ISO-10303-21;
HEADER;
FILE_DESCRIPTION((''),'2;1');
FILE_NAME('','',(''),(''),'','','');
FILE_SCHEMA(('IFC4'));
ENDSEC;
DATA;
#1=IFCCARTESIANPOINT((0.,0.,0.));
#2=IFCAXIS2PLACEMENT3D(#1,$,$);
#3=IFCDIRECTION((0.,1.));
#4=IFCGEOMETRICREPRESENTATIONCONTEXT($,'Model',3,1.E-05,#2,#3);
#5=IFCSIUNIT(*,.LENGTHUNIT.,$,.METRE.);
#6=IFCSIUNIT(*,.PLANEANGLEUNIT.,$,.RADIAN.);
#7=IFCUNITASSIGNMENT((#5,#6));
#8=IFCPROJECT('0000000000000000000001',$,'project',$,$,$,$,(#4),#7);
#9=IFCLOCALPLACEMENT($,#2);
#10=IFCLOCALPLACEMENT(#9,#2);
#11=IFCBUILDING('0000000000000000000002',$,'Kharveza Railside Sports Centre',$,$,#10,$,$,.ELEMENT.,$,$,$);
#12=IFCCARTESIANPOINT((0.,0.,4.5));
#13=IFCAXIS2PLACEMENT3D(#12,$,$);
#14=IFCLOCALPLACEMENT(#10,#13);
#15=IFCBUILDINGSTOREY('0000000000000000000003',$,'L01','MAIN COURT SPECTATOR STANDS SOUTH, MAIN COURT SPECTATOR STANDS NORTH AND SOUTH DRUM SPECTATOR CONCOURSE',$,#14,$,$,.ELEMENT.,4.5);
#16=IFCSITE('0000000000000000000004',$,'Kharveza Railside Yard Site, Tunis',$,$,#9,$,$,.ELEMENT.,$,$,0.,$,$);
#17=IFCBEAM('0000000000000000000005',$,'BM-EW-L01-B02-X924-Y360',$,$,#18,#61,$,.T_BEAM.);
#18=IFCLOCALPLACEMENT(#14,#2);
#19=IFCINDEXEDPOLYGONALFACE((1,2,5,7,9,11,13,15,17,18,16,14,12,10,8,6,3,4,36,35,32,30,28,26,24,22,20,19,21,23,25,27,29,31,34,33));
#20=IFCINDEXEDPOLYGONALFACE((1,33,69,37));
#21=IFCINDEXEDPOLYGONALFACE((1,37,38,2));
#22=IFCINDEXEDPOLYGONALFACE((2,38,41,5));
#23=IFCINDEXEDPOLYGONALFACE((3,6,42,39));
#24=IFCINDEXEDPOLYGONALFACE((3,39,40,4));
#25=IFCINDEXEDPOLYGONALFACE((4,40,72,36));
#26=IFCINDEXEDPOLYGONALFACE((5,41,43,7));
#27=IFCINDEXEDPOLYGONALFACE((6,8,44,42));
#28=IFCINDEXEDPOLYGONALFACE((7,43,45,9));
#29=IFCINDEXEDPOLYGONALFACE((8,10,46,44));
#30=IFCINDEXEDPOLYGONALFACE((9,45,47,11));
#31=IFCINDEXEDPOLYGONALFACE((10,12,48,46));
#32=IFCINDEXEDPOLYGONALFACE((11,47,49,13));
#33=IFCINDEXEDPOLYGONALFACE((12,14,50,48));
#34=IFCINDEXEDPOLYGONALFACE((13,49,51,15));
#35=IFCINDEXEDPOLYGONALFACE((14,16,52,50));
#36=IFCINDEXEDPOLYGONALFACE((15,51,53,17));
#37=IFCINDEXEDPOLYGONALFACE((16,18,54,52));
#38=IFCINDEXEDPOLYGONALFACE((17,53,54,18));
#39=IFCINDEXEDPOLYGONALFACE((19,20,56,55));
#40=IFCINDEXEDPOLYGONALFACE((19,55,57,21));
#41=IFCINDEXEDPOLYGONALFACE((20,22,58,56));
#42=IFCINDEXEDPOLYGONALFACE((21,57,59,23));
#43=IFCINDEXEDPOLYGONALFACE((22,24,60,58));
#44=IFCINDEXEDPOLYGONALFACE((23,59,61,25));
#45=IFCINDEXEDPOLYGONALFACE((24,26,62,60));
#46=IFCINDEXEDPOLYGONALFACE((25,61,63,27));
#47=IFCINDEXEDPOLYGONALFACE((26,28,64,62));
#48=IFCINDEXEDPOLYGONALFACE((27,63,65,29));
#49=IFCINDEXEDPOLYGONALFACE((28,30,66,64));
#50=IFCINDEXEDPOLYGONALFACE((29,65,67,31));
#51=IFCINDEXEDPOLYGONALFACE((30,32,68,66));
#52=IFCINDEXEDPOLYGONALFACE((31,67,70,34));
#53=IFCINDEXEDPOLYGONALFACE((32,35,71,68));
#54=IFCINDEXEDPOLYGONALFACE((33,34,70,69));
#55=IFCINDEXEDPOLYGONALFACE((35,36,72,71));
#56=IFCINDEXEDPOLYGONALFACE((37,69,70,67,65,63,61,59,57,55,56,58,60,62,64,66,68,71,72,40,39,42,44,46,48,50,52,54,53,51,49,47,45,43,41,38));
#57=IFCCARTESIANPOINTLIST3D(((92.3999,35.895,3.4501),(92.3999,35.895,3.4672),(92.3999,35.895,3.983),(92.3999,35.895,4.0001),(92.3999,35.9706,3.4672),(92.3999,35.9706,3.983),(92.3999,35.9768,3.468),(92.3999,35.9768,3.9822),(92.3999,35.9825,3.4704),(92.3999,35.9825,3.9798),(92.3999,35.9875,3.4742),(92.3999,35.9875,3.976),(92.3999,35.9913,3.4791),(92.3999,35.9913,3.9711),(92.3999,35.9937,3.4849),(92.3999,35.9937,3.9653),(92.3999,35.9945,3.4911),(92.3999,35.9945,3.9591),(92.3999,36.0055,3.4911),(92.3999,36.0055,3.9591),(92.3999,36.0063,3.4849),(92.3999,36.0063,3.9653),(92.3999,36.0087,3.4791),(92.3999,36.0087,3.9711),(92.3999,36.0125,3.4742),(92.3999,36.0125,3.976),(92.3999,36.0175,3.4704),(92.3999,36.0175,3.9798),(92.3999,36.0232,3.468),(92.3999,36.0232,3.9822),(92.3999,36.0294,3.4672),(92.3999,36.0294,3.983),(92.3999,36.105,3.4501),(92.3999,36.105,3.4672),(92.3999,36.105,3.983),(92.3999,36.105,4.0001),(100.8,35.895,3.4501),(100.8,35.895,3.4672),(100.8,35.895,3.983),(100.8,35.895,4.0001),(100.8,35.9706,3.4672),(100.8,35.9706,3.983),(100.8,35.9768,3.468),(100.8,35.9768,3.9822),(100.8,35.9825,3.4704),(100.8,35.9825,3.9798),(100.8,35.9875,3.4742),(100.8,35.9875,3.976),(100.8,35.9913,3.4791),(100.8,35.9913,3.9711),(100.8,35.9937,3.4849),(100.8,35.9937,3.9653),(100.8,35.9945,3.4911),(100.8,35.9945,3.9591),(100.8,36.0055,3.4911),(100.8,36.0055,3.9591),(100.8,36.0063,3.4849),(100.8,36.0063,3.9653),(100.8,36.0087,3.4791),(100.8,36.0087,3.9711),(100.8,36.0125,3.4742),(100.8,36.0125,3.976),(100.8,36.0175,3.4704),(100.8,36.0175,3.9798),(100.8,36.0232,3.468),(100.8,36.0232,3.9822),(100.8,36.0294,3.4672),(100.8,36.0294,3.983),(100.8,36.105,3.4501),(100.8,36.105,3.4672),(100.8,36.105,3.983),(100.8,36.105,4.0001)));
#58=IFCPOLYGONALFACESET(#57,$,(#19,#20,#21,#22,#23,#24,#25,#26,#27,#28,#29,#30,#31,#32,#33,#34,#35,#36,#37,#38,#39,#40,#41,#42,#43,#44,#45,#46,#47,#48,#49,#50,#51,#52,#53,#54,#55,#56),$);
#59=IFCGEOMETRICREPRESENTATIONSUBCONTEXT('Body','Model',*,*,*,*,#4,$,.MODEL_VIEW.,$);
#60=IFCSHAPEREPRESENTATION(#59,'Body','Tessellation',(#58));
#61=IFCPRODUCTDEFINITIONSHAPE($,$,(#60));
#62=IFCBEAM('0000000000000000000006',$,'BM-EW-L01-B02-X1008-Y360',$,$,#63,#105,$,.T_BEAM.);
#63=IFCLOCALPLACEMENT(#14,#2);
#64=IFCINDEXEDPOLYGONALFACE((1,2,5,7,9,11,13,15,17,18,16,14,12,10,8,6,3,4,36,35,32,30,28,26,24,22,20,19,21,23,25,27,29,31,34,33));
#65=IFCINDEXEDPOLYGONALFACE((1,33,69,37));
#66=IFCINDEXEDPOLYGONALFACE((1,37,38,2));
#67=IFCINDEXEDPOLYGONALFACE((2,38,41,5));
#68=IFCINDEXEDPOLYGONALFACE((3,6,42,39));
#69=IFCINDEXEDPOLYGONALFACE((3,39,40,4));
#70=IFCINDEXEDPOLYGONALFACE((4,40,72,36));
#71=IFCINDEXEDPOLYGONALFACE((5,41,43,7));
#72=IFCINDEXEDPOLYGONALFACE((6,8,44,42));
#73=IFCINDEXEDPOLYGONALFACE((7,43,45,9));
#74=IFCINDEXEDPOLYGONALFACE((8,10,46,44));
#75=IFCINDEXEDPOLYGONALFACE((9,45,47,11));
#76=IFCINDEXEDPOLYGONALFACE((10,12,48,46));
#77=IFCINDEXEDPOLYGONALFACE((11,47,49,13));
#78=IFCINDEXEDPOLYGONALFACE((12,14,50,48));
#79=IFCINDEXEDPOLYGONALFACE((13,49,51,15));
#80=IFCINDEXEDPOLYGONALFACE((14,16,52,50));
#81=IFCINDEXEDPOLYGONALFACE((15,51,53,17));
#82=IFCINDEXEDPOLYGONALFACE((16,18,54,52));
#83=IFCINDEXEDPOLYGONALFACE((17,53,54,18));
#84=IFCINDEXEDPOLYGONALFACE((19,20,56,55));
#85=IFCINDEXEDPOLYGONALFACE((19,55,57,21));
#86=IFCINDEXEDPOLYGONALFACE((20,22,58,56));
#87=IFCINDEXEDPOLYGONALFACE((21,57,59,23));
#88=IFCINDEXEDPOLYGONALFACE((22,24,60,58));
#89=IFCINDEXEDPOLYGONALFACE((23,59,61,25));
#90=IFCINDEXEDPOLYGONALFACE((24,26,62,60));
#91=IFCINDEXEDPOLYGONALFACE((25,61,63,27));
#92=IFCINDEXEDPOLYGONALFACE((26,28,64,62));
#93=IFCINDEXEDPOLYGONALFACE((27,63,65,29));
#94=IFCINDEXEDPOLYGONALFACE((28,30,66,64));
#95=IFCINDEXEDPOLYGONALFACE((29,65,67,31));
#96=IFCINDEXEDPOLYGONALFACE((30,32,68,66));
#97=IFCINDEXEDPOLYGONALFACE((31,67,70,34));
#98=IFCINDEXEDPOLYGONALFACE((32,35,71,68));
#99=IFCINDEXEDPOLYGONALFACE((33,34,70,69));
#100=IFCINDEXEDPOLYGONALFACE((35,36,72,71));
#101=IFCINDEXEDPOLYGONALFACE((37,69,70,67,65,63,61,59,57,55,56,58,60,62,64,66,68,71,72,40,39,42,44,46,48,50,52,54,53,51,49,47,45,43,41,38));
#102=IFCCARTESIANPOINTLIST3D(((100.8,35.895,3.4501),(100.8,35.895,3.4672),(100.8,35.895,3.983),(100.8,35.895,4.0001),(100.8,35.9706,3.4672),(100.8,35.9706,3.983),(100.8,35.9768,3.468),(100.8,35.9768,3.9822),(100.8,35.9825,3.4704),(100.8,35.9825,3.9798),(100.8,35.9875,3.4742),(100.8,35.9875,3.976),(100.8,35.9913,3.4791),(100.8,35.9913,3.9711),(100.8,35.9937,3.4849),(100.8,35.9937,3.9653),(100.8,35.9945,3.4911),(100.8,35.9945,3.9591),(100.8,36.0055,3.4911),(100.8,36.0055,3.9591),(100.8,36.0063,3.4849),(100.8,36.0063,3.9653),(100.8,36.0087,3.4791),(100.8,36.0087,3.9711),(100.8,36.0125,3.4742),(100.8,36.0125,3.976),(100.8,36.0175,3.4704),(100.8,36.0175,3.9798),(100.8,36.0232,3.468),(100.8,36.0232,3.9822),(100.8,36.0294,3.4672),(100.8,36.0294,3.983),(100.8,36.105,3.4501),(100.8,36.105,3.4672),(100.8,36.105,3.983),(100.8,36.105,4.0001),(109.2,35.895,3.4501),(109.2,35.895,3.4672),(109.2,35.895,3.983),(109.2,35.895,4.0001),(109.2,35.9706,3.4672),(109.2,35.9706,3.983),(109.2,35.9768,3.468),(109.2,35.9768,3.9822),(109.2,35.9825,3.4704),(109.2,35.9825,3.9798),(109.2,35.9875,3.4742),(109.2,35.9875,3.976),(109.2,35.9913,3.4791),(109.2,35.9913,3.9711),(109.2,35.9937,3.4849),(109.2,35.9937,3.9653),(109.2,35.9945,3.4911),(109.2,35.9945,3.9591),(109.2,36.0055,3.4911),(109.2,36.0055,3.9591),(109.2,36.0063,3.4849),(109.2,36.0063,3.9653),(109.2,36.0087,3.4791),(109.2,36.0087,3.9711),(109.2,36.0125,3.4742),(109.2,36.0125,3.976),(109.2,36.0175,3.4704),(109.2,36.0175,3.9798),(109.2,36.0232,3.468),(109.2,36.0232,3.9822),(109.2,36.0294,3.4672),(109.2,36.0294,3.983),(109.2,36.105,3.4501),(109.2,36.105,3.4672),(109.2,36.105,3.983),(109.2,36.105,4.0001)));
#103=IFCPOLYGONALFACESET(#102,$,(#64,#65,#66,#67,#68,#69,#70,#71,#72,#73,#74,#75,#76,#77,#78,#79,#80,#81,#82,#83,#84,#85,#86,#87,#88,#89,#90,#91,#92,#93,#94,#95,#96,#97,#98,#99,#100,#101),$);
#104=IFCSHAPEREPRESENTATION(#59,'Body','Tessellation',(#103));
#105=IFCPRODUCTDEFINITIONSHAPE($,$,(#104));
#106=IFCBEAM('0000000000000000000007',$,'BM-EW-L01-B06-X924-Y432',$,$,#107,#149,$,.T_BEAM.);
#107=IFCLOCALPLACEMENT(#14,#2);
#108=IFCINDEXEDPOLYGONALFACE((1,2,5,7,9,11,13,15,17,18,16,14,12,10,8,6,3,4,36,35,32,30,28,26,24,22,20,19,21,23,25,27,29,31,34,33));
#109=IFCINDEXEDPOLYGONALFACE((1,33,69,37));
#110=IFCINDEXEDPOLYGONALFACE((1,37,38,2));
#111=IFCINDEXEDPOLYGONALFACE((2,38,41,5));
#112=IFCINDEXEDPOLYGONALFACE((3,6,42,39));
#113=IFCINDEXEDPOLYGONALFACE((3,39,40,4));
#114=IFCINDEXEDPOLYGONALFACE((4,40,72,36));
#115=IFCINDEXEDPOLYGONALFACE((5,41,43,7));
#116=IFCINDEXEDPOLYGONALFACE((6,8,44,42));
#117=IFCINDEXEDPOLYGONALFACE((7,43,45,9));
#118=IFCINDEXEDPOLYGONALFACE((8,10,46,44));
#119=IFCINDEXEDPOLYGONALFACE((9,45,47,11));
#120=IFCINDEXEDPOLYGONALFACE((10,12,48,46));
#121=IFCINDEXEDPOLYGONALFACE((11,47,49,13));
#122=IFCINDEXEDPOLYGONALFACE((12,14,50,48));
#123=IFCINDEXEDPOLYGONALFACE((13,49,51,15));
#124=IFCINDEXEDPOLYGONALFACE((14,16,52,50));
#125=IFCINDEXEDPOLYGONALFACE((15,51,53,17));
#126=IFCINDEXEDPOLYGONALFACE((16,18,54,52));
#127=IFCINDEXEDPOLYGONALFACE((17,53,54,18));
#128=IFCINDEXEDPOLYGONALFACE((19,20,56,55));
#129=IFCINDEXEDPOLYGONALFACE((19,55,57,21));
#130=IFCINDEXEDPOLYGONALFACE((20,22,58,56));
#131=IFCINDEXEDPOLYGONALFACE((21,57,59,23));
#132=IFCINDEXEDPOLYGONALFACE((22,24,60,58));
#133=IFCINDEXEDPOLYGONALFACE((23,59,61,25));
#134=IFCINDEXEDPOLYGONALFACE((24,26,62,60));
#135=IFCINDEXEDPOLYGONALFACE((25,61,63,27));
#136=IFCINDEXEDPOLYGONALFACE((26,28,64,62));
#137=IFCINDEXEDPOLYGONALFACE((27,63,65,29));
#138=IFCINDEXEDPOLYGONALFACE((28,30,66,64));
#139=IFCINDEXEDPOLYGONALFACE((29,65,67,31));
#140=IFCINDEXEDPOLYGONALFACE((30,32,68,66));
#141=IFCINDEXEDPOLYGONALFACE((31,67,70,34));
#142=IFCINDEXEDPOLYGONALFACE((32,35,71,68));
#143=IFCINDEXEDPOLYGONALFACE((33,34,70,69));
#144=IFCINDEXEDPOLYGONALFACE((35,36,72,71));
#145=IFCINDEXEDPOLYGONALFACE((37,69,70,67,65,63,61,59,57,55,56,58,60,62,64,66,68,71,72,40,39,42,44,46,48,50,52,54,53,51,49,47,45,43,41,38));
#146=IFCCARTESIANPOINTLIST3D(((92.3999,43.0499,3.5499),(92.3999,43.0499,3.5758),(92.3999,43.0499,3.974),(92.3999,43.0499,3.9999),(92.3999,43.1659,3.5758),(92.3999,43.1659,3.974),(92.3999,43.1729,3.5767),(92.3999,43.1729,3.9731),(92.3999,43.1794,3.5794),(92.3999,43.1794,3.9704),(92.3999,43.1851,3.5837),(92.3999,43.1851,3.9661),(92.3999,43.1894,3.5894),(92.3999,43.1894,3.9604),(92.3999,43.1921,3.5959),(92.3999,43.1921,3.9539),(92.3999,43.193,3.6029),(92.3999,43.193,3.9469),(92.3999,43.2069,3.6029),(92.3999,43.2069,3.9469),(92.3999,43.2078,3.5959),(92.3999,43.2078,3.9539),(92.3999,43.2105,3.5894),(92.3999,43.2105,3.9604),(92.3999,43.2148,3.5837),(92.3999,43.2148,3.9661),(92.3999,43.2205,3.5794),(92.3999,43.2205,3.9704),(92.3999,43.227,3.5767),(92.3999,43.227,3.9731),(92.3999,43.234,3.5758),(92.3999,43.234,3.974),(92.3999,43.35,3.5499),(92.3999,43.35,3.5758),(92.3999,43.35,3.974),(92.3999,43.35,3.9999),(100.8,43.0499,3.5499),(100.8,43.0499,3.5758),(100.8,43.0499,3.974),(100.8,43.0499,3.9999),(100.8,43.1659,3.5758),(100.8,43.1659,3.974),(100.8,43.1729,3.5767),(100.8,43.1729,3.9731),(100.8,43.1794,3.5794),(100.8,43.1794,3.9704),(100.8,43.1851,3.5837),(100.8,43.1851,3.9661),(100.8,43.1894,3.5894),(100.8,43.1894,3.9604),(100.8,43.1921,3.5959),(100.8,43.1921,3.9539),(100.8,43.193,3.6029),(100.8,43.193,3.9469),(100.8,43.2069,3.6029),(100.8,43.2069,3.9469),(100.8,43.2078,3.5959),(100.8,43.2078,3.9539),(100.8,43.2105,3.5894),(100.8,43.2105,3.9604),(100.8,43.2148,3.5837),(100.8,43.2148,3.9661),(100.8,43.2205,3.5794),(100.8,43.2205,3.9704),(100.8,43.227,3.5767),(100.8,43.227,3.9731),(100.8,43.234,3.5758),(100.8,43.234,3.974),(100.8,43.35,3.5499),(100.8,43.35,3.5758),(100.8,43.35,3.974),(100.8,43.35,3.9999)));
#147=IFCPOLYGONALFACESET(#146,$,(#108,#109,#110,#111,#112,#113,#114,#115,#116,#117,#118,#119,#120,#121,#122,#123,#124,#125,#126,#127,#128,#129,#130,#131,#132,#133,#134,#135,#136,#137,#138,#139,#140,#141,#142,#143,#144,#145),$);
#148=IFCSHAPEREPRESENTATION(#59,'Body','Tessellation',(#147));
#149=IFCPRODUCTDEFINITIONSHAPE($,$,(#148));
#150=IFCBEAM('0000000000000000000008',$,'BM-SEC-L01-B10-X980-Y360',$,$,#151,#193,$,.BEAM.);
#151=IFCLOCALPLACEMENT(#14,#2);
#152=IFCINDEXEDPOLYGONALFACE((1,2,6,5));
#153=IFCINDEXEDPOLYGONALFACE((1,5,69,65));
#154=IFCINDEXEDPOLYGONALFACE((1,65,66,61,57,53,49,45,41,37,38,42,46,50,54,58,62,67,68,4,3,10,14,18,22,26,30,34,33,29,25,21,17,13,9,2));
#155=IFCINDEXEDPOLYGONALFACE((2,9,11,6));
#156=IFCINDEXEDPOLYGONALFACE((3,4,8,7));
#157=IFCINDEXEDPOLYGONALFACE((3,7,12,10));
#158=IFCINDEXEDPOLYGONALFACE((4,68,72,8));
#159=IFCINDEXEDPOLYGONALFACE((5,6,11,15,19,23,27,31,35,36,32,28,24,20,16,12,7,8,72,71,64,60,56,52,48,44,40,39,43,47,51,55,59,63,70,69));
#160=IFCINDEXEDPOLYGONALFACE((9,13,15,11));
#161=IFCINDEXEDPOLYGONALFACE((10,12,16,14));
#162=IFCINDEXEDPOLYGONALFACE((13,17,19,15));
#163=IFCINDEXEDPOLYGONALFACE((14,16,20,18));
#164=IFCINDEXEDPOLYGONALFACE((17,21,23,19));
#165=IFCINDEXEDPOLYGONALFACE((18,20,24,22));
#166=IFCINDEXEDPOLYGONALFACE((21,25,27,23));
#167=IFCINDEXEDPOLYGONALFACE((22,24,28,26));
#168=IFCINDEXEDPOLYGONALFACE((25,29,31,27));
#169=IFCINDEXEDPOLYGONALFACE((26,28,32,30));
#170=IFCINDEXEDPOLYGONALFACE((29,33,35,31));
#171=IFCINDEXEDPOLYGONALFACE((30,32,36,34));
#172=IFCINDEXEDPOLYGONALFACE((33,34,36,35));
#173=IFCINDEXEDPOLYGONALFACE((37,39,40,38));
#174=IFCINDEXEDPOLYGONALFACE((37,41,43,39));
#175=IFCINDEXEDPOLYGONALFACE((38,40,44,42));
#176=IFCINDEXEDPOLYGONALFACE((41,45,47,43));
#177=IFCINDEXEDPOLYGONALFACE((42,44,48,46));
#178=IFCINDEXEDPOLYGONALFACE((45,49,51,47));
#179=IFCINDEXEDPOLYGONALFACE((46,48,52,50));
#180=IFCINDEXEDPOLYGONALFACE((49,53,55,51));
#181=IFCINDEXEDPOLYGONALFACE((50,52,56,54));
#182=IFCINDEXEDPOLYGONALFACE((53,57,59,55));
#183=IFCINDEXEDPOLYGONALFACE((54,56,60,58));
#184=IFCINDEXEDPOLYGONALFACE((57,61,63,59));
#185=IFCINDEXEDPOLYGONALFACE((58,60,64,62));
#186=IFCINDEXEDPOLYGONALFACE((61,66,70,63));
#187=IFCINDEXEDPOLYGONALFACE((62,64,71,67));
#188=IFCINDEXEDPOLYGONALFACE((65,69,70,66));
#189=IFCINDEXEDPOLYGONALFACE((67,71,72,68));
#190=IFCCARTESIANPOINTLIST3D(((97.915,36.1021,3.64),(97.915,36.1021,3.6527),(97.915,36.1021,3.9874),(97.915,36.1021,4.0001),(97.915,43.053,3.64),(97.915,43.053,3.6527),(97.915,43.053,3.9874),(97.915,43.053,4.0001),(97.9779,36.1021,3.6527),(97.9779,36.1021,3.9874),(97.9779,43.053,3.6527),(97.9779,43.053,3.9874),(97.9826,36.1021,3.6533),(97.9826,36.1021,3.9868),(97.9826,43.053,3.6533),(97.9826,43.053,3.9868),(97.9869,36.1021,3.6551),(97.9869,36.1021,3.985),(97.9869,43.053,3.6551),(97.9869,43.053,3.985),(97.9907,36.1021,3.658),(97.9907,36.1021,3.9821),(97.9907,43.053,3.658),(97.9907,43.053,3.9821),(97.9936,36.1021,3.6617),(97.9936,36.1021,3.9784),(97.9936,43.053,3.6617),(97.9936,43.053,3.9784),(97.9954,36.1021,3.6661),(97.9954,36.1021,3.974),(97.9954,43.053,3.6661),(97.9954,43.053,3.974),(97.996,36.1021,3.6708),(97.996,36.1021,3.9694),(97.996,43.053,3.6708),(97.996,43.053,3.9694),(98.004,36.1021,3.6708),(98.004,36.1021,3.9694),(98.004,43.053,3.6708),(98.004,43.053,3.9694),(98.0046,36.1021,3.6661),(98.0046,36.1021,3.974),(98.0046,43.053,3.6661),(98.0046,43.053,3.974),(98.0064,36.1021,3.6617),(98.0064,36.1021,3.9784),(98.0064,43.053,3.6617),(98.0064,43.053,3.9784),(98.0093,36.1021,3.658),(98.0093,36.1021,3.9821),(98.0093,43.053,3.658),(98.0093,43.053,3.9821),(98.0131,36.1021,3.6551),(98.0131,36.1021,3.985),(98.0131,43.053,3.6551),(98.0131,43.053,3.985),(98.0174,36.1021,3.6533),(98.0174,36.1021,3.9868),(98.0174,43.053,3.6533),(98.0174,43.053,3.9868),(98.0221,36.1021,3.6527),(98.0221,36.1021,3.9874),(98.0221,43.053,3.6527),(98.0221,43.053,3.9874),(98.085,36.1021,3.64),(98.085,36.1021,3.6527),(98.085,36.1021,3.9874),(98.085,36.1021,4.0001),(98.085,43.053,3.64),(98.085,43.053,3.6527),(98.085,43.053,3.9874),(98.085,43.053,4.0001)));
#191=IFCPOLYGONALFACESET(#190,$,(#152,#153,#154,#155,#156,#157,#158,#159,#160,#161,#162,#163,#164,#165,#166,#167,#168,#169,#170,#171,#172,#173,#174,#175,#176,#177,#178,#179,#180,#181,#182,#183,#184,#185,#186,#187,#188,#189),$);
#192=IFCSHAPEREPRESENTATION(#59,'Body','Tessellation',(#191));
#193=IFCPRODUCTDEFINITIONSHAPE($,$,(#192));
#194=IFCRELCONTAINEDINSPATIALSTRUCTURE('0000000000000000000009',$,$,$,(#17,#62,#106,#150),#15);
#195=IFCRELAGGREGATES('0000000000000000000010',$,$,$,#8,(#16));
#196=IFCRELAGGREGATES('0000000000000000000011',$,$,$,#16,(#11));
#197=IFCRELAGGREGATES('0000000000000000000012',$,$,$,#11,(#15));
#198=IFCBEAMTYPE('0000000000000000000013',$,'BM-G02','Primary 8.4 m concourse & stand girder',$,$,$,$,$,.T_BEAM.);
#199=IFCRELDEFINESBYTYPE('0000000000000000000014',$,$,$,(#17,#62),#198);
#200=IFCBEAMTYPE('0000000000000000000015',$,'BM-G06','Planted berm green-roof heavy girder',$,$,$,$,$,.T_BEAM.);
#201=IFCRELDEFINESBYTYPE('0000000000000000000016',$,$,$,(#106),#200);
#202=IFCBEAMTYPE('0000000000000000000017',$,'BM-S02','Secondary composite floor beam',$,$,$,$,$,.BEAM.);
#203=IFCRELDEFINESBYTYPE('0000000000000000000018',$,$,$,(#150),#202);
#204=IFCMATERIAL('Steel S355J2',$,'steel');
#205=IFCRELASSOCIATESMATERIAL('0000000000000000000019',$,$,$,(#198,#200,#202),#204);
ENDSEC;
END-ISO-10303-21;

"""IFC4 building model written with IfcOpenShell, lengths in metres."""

from ifc_helpers import new_model, si_unit, direction, frame, origin, origin_2d, place, context, subcontext, project, spatial, i_section, extrude, material, material_profile, profile_set, type_object, element, save


model = new_model("IFC4")

# Units and contexts
model_context = context("Model", 3, precision=1e-05, world=origin(), true_north=direction((0.0, 1.0)))
body_context = subcontext(model_context, "Body", "Model", "MODEL_VIEW")
ifc_project = project(units=[si_unit("LENGTHUNIT", "METRE"), si_unit("PLANEANGLEUNIT", "RADIAN")], contexts=[model_context])

# Site, building, storey
site_placement = place(None, origin())
site = spatial("IfcSite", under=ifc_project, at=site_placement, Name="Kharveza Railside Yard Site, Tunis", CompositionType="ELEMENT", RefElevation=0.0)
building_placement = place(site_placement, origin())
building = spatial("IfcBuilding", under=site, at=building_placement, Name="Kharveza Railside Sports Centre", CompositionType="ELEMENT")
storey_placement = place(building_placement, frame((0.0, 0.0, 4.5)))
storey = spatial("IfcBuildingStorey", under=building, at=storey_placement, Name="L01", Description="MAIN COURT SPECTATOR STANDS SOUTH, MAIN COURT SPECTATOR STANDS NORTH AND SOUTH DRUM SPECTATOR CONCOURSE", CompositionType="ELEMENT", Elevation=4.5)

# Shared definitions
ifc_material_1 = material(Name="Steel S355J2", Category="steel")

# Beams
ifc_material_profile_1 = material_profile(ifc_material_1, i_section(OverallWidth=0.21, OverallDepth=0.55, WebThickness=0.011, FlangeThickness=0.0171, FilletRadius=0.0239, at=origin_2d()), Name="IPE 550")
ifc_profile_set_1 = profile_set([ifc_material_profile_1], Name="Steel S355J2")
beam_type_1 = type_object("IfcBeamType", Name="BM-G02", Description="Primary 8.4 m concourse & stand girder", PredefinedType="T_BEAM", material=ifc_profile_set_1)
beam_1_placement = place(storey_placement, frame((92.3999, 36.0, 3.7251), z_axis=(1.0, 0.0, 0.0), x_axis=(0.0, 1.0, 0.0)))
element("IfcBeam", 1, at=beam_1_placement, inside=storey, type_object=beam_type_1, Name="BM-EW-L01-B02-X924-Y360", PredefinedType="T_BEAM", context=body_context, shape_type="SweptSolid", body=[
    extrude(i_section(OverallWidth=0.21, OverallDepth=0.55, WebThickness=0.011, FlangeThickness=0.0171, FilletRadius=0.0239, at=origin_2d()), origin(), (0.0, 0.0, 1.0), 8.4001),
])
beam_2_placement = place(storey_placement, frame((100.8, 36.0, 3.7251), z_axis=(1.0, 0.0, 0.0), x_axis=(0.0, 1.0, 0.0)))
element("IfcBeam", 2, at=beam_2_placement, inside=storey, type_object=beam_type_1, Name="BM-EW-L01-B02-X1008-Y360", PredefinedType="T_BEAM", context=body_context, shape_type="SweptSolid", body=[
    extrude(i_section(OverallWidth=0.21, OverallDepth=0.55, WebThickness=0.011, FlangeThickness=0.0171, FilletRadius=0.0239, at=origin_2d()), origin(), (0.0, 0.0, 1.0), 8.3999),
])
ifc_material_profile_2 = material_profile(ifc_material_1, i_section(OverallWidth=0.3, OverallDepth=0.45, WebThickness=0.0139, FlangeThickness=0.0259, FilletRadius=0.0271, at=origin_2d()), Name="HEB 450")
ifc_profile_set_2 = profile_set([ifc_material_profile_2], Name="Steel S355J2")
beam_type_2 = type_object("IfcBeamType", Name="BM-G06", Description="Planted berm green-roof heavy girder", PredefinedType="T_BEAM", material=ifc_profile_set_2)
beam_3_placement = place(storey_placement, frame((92.3999, 43.2, 3.7749), z_axis=(1.0, 0.0, 0.0), x_axis=(0.0, 1.0, 0.0)))
element("IfcBeam", 3, at=beam_3_placement, inside=storey, type_object=beam_type_2, Name="BM-EW-L01-B06-X924-Y432", PredefinedType="T_BEAM", context=body_context, shape_type="SweptSolid", body=[
    extrude(i_section(OverallWidth=0.3, OverallDepth=0.45, WebThickness=0.0139, FlangeThickness=0.0259, FilletRadius=0.0271, at=origin_2d()), origin(), (0.0, 0.0, 1.0), 8.4001),
])
ifc_material_profile_3 = material_profile(ifc_material_1, i_section(OverallWidth=0.1699, OverallDepth=0.3601, WebThickness=0.0081, FlangeThickness=0.0127, FilletRadius=0.0181, at=origin_2d()), Name="IPE 360")
ifc_profile_set_3 = profile_set([ifc_material_profile_3], Name="Steel S355J2")
beam_type_3 = type_object("IfcBeamType", Name="BM-S02", Description="Secondary composite floor beam", PredefinedType="BEAM", material=ifc_profile_set_3)
beam_4_placement = place(storey_placement, frame((98.0, 36.1021, 3.8201), z_axis=(0.0, 1.0, 0.0), x_axis=(-1.0, 0.0, 0.0)))
element("IfcBeam", 4, at=beam_4_placement, inside=storey, type_object=beam_type_3, Name="BM-SEC-L01-B10-X980-Y360", PredefinedType="BEAM", context=body_context, shape_type="SweptSolid", body=[
    extrude(i_section(OverallWidth=0.1699, OverallDepth=0.3601, WebThickness=0.0081, FlangeThickness=0.0127, FilletRadius=0.0181, at=origin_2d()), origin(), (0.0, 0.0, 1.0), 6.9509),
])

save(model, "model.ifc")
